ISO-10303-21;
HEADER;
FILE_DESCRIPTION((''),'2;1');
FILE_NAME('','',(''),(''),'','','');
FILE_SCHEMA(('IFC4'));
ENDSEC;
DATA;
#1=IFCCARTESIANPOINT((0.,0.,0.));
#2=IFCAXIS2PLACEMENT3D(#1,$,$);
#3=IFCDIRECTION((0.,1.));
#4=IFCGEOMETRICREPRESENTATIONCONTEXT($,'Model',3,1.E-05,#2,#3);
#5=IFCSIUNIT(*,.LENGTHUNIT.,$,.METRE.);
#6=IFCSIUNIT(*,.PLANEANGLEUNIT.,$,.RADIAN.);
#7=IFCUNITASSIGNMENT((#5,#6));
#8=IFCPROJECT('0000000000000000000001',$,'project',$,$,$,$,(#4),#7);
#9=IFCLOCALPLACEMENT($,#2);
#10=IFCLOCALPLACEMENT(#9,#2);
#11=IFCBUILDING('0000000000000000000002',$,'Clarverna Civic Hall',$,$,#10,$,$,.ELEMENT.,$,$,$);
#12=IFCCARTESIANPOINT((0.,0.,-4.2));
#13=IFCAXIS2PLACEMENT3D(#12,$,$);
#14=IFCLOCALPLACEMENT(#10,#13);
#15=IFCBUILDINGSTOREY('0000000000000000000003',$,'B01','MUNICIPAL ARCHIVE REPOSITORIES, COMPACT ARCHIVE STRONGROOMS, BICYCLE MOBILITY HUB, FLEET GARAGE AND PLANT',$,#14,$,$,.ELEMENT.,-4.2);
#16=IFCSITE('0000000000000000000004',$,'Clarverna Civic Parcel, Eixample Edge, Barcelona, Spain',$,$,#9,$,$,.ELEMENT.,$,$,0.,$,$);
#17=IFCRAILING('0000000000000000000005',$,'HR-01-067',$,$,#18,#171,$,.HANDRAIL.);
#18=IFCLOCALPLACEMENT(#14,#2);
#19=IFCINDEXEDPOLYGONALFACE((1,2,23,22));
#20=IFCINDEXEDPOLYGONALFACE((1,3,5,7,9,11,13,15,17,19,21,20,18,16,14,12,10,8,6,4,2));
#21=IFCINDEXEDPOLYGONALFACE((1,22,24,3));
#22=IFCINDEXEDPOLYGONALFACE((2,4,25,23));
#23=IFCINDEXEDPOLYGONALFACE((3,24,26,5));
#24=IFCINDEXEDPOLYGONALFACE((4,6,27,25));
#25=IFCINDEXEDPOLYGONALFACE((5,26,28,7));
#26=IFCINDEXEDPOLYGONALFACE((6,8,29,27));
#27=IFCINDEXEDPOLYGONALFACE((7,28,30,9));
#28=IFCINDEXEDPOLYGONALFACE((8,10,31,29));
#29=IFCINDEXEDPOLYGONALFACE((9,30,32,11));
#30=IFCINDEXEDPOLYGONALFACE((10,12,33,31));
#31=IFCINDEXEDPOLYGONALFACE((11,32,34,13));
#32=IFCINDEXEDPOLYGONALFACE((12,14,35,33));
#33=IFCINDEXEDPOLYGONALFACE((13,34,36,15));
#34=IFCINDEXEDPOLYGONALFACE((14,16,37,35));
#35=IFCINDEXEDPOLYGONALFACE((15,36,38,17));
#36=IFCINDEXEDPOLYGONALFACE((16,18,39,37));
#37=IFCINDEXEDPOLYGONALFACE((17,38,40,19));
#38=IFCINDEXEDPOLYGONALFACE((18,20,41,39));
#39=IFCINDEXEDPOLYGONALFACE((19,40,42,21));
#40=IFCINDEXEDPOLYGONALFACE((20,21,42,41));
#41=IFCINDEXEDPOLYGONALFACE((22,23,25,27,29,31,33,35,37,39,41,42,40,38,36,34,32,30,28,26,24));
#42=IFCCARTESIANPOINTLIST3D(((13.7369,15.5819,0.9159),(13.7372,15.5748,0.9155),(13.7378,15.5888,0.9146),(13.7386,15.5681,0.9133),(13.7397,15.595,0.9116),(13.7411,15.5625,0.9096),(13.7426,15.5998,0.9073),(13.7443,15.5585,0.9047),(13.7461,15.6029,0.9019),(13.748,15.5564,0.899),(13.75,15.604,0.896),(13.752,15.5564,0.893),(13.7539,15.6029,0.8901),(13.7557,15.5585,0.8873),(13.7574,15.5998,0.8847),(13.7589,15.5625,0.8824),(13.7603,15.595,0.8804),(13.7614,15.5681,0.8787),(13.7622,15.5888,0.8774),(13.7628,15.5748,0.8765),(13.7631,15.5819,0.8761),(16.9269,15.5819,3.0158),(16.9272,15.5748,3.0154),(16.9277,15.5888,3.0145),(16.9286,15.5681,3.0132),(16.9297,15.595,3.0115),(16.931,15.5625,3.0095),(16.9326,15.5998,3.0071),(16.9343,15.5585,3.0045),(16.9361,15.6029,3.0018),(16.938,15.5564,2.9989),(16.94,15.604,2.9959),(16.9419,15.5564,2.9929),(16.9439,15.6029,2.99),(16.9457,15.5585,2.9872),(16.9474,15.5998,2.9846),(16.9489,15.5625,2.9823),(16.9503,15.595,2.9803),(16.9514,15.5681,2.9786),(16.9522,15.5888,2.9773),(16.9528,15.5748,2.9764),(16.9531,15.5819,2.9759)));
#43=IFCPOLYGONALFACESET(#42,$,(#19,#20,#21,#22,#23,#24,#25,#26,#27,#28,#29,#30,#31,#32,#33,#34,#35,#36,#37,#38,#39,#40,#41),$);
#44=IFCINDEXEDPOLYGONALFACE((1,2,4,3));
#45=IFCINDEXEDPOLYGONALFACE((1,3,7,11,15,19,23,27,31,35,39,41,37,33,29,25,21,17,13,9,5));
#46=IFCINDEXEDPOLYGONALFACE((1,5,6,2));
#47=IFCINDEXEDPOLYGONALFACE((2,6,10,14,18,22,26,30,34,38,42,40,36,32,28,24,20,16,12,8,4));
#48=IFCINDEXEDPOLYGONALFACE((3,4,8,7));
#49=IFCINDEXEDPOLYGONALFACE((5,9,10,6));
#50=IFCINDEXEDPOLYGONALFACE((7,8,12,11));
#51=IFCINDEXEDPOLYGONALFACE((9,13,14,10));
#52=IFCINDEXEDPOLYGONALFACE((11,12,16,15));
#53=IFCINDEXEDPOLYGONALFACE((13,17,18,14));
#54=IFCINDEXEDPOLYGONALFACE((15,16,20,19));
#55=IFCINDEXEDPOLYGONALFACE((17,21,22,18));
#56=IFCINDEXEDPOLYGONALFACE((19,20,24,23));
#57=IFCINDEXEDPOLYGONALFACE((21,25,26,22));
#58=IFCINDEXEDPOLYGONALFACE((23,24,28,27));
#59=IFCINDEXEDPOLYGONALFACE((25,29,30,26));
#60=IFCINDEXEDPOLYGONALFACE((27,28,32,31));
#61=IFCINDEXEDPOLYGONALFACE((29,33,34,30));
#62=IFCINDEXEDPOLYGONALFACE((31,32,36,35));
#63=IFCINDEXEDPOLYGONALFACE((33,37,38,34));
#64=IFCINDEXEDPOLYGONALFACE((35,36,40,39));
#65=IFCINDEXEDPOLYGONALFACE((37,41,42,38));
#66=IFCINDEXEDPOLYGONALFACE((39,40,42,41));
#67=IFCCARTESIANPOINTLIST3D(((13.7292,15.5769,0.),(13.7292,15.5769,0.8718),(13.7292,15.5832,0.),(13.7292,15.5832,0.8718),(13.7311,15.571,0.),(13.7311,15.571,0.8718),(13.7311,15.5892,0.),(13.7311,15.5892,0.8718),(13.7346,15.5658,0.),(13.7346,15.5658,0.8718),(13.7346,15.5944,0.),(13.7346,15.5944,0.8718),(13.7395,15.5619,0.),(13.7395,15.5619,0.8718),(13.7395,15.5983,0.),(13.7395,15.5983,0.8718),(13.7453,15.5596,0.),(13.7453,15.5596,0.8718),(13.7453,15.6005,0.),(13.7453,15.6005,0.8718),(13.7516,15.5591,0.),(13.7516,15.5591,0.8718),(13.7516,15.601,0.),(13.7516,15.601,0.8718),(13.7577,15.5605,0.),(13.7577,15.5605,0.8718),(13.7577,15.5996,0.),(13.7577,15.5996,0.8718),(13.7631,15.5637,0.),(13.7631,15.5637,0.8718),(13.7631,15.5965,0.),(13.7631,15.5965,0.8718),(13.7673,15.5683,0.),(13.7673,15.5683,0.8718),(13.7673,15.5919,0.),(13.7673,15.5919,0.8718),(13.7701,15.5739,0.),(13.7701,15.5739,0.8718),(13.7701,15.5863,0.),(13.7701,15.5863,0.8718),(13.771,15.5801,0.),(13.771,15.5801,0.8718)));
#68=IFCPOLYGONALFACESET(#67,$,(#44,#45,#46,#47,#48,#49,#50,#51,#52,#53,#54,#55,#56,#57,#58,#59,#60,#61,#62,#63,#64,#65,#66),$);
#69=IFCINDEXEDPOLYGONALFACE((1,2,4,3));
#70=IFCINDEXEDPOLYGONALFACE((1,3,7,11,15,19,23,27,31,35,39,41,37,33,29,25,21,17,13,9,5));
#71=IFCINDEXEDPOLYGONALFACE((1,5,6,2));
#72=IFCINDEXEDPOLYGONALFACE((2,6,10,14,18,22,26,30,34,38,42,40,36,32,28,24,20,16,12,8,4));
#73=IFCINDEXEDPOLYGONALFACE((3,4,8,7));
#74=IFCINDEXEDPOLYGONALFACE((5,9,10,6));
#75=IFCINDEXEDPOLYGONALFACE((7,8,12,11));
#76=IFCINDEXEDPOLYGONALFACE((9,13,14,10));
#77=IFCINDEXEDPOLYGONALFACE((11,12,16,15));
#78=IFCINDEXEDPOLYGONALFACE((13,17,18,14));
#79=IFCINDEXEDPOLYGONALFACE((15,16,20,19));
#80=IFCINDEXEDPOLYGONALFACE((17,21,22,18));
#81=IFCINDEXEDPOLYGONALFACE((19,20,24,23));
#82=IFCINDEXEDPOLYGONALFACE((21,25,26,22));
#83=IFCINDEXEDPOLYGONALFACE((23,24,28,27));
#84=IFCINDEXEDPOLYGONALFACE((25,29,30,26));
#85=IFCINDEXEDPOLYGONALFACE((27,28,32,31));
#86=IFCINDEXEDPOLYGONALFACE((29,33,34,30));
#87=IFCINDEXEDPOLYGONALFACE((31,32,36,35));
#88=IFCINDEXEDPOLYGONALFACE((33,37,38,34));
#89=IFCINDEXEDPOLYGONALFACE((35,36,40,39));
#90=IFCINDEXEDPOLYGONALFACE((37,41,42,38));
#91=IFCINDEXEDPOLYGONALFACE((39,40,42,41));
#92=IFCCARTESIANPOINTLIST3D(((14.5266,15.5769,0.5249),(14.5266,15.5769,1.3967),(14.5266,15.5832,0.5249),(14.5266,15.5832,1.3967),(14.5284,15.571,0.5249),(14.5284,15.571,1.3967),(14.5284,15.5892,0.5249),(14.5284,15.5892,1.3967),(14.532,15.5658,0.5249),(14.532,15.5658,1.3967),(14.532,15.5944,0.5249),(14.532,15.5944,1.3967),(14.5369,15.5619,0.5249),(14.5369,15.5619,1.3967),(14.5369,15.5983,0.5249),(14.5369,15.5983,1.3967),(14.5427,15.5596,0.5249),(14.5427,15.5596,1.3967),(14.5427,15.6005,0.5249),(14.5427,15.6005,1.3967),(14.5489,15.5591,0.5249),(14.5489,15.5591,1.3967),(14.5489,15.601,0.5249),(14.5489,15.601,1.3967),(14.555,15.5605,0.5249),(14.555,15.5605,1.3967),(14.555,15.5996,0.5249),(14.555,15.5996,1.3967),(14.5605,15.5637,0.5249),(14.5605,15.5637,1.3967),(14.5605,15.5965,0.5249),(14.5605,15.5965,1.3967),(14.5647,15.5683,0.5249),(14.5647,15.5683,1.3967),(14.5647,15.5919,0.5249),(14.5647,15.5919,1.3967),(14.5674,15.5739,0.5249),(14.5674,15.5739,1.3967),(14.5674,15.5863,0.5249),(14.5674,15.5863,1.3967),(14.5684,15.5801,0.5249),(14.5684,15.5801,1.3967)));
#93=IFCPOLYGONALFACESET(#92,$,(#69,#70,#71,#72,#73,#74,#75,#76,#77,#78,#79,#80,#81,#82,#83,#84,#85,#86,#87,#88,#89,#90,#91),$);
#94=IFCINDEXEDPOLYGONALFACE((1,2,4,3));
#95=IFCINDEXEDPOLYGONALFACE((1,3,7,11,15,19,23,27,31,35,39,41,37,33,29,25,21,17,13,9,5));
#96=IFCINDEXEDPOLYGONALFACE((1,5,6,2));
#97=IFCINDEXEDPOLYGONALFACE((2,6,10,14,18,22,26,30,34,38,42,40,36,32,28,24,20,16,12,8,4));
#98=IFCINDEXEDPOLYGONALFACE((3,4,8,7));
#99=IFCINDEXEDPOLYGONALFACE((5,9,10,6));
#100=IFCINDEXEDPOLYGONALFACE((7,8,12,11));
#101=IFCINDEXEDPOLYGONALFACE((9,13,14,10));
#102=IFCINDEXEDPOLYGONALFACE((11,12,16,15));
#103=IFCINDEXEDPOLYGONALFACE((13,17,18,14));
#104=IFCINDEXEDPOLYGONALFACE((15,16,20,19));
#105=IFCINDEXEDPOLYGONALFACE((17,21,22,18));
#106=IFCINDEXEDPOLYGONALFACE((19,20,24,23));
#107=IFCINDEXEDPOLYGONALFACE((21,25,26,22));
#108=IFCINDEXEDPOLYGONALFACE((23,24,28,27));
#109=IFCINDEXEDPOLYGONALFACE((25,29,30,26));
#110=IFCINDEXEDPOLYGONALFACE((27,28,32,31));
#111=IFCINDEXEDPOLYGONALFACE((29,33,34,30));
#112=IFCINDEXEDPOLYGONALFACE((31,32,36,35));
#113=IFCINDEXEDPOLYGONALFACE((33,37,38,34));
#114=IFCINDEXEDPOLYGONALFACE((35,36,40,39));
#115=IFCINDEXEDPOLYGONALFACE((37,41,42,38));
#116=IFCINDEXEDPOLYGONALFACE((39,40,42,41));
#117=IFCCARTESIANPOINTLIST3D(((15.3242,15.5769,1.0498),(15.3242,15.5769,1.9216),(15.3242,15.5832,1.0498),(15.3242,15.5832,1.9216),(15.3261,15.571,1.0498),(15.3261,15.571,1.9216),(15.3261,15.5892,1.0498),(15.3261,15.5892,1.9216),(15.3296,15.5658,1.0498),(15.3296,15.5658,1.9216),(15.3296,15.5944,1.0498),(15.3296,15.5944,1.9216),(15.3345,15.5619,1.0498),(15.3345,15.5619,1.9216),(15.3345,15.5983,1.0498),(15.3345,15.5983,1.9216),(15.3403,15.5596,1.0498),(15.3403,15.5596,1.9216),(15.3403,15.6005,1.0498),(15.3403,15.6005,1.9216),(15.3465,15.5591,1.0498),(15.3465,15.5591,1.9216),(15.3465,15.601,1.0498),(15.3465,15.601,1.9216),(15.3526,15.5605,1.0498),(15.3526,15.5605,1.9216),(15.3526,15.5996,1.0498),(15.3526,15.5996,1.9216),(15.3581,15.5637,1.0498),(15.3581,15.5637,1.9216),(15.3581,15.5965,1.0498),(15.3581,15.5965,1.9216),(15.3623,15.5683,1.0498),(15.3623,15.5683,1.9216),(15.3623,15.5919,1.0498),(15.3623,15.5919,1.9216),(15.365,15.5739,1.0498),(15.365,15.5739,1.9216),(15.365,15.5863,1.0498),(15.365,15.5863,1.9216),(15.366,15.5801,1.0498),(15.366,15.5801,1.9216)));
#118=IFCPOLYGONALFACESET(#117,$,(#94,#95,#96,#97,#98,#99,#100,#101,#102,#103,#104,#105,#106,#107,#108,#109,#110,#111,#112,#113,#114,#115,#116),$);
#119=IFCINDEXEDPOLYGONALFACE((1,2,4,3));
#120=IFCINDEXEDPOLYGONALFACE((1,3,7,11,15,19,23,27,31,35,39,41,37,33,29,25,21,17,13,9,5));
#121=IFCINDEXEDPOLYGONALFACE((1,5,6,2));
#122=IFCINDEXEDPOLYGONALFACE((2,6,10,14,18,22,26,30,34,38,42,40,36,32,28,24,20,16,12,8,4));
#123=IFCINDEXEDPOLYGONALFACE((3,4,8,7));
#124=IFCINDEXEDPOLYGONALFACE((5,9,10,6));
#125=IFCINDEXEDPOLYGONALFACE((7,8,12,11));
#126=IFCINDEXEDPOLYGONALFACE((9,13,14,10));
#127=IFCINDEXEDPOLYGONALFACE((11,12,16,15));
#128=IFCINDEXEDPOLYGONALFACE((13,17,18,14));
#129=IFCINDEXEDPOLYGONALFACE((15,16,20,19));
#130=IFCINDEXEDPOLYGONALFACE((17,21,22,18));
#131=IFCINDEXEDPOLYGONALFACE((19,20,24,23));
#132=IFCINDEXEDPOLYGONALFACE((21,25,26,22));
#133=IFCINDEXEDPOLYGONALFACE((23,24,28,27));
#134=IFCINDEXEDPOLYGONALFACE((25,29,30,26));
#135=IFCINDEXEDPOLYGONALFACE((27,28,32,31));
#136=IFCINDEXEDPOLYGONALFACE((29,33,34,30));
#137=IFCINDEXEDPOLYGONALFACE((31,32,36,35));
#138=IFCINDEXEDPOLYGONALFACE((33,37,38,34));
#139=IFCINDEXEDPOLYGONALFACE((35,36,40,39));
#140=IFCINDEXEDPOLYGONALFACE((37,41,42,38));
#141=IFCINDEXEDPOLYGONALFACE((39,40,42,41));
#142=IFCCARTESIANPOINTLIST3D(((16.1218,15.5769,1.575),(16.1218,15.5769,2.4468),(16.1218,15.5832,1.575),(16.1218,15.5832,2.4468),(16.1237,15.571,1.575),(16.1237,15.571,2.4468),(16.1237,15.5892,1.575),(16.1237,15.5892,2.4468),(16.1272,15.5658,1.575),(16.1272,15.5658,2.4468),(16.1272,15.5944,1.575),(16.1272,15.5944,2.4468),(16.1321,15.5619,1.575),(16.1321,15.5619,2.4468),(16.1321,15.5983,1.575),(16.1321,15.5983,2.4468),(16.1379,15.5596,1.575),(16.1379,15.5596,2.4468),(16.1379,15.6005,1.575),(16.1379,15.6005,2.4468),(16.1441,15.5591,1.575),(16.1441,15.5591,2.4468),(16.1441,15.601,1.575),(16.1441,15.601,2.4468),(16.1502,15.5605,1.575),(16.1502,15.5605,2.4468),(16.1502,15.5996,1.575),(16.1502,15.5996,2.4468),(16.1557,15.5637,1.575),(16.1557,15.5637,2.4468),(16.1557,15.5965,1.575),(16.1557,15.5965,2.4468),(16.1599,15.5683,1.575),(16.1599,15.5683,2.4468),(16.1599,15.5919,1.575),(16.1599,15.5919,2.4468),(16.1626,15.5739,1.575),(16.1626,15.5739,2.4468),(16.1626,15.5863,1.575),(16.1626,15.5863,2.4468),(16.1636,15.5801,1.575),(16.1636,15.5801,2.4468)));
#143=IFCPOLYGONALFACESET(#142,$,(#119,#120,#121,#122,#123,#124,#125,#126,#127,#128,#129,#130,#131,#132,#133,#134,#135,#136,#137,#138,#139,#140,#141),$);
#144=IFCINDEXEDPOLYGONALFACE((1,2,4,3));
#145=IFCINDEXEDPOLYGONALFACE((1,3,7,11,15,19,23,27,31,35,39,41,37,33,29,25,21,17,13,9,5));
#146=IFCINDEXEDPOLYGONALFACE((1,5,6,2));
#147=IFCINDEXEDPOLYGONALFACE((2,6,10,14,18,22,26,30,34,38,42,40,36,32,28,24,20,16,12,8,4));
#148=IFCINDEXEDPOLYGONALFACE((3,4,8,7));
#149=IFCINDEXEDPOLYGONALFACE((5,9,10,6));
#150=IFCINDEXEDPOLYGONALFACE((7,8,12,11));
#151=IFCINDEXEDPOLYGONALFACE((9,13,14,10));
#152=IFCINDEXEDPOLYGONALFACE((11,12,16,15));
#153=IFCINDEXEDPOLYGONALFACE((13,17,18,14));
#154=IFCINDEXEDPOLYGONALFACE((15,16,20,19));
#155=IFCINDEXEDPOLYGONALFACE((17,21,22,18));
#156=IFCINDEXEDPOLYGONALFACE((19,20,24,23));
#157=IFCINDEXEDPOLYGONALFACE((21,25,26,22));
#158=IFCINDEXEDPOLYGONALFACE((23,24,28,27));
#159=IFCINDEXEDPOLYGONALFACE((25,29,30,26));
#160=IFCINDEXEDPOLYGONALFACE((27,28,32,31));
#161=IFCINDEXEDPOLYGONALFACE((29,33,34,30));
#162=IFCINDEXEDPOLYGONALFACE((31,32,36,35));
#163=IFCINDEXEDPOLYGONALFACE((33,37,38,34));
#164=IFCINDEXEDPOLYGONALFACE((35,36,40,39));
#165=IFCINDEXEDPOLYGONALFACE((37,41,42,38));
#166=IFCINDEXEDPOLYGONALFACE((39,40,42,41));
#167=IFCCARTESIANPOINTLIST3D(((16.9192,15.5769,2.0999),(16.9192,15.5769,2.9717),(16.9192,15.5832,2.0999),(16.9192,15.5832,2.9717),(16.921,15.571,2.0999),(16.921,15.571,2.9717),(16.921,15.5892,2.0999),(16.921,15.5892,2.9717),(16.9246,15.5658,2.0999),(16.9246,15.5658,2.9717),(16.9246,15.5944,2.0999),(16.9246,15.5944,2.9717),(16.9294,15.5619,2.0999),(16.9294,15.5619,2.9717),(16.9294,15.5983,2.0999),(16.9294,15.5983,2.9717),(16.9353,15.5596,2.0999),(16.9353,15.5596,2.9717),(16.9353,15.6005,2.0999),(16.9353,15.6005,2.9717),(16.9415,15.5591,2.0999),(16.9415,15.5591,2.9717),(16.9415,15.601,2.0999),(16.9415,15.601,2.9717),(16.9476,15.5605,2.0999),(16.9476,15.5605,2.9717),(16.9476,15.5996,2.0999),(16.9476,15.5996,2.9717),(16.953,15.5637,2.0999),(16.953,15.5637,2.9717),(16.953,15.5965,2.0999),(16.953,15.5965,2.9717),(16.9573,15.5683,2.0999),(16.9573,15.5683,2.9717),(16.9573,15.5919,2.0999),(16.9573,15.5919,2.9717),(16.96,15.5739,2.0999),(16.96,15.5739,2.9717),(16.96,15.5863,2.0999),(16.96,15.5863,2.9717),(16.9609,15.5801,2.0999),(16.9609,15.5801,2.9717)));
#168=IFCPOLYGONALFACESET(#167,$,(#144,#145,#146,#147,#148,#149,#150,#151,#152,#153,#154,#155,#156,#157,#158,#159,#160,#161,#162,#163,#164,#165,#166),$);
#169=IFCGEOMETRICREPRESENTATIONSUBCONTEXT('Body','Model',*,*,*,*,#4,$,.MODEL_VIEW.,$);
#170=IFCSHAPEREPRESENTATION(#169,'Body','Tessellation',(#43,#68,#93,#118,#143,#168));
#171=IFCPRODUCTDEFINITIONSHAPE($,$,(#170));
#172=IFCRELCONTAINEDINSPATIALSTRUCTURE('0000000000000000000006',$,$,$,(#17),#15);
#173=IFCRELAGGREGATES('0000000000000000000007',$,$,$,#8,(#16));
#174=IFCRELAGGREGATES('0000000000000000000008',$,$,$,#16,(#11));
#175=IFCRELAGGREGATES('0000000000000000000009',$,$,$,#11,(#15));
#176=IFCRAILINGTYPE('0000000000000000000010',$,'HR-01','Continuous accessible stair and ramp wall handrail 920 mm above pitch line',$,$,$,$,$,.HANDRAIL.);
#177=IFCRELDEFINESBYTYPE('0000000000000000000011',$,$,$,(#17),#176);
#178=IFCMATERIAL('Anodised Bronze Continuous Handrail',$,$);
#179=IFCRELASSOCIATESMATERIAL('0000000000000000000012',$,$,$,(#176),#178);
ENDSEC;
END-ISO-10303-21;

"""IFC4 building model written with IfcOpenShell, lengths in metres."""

from ifc_helpers import new_model, si_unit, direction, frame, origin, origin_2d, place, context, subcontext, project, spatial, circle, extrude, material, type_object, element, save


model = new_model("IFC4")

# Units and contexts
model_context = context("Model", 3, precision=1e-05, world=origin(), true_north=direction((0.0, 1.0)))
body_context = subcontext(model_context, "Body", "Model", "MODEL_VIEW")
ifc_project = project(units=[si_unit("LENGTHUNIT", "METRE"), si_unit("PLANEANGLEUNIT", "RADIAN")], contexts=[model_context])

# Site, building, storey
site_placement = place(None, origin())
site = spatial("IfcSite", under=ifc_project, at=site_placement, Name="Clarverna Civic Parcel, Eixample Edge, Barcelona, Spain", CompositionType="ELEMENT", RefElevation=0.0)
building_placement = place(site_placement, origin())
building = spatial("IfcBuilding", under=site, at=building_placement, Name="Clarverna Civic Hall", CompositionType="ELEMENT")
storey_placement = place(building_placement, frame((0.0, 0.0, -4.2)))
storey = spatial("IfcBuildingStorey", under=building, at=storey_placement, Name="B01", Description="MUNICIPAL ARCHIVE REPOSITORIES, COMPACT ARCHIVE STRONGROOMS, BICYCLE MOBILITY HUB, FLEET GARAGE AND PLANT", CompositionType="ELEMENT", Elevation=-4.2)

# Railing
ifc_material_1 = material(Name="Anodised Bronze Continuous Handrail")
railing_type_1 = type_object("IfcRailingType", Name="HR-01", Description="Continuous accessible stair and ramp wall handrail 920 mm above pitch line", PredefinedType="HANDRAIL", material=ifc_material_1)
railing_1_placement = place(storey_placement, frame((13.75, 15.5801, 0.0)))
element("IfcRailing", 1, at=railing_1_placement, inside=storey, type_object=railing_type_1, Name="HR-01-067", PredefinedType="HANDRAIL", context=body_context, shape_type="SweptSolid", body=[
    extrude(circle(Radius=0.0239, at=origin_2d()), frame((0.0, 0.0, 0.896), z_axis=(0.835272, 0.0, 0.549837), x_axis=(0.0, 1.0, 0.0)), (0.0, 0.0, 1.0), 3.8191),
    extrude(circle(Radius=0.021, at=origin_2d()), origin(), (0.0, 0.0, 1.0), 0.8718),
    extrude(circle(Radius=0.021, at=origin_2d()), frame((0.7974, 0.0, 0.5249)), (0.0, 0.0, 1.0), 0.8718),
    extrude(circle(Radius=0.021, at=origin_2d()), frame((1.595, 0.0, 1.0498)), (0.0, 0.0, 1.0), 0.8718),
    extrude(circle(Radius=0.021, at=origin_2d()), frame((2.3926, 0.0, 1.575)), (0.0, 0.0, 1.0), 0.8718),
    extrude(circle(Radius=0.021, at=origin_2d()), frame((3.1899, 0.0, 2.0999)), (0.0, 0.0, 1.0), 0.8718),
])

save(model, "model.ifc")
